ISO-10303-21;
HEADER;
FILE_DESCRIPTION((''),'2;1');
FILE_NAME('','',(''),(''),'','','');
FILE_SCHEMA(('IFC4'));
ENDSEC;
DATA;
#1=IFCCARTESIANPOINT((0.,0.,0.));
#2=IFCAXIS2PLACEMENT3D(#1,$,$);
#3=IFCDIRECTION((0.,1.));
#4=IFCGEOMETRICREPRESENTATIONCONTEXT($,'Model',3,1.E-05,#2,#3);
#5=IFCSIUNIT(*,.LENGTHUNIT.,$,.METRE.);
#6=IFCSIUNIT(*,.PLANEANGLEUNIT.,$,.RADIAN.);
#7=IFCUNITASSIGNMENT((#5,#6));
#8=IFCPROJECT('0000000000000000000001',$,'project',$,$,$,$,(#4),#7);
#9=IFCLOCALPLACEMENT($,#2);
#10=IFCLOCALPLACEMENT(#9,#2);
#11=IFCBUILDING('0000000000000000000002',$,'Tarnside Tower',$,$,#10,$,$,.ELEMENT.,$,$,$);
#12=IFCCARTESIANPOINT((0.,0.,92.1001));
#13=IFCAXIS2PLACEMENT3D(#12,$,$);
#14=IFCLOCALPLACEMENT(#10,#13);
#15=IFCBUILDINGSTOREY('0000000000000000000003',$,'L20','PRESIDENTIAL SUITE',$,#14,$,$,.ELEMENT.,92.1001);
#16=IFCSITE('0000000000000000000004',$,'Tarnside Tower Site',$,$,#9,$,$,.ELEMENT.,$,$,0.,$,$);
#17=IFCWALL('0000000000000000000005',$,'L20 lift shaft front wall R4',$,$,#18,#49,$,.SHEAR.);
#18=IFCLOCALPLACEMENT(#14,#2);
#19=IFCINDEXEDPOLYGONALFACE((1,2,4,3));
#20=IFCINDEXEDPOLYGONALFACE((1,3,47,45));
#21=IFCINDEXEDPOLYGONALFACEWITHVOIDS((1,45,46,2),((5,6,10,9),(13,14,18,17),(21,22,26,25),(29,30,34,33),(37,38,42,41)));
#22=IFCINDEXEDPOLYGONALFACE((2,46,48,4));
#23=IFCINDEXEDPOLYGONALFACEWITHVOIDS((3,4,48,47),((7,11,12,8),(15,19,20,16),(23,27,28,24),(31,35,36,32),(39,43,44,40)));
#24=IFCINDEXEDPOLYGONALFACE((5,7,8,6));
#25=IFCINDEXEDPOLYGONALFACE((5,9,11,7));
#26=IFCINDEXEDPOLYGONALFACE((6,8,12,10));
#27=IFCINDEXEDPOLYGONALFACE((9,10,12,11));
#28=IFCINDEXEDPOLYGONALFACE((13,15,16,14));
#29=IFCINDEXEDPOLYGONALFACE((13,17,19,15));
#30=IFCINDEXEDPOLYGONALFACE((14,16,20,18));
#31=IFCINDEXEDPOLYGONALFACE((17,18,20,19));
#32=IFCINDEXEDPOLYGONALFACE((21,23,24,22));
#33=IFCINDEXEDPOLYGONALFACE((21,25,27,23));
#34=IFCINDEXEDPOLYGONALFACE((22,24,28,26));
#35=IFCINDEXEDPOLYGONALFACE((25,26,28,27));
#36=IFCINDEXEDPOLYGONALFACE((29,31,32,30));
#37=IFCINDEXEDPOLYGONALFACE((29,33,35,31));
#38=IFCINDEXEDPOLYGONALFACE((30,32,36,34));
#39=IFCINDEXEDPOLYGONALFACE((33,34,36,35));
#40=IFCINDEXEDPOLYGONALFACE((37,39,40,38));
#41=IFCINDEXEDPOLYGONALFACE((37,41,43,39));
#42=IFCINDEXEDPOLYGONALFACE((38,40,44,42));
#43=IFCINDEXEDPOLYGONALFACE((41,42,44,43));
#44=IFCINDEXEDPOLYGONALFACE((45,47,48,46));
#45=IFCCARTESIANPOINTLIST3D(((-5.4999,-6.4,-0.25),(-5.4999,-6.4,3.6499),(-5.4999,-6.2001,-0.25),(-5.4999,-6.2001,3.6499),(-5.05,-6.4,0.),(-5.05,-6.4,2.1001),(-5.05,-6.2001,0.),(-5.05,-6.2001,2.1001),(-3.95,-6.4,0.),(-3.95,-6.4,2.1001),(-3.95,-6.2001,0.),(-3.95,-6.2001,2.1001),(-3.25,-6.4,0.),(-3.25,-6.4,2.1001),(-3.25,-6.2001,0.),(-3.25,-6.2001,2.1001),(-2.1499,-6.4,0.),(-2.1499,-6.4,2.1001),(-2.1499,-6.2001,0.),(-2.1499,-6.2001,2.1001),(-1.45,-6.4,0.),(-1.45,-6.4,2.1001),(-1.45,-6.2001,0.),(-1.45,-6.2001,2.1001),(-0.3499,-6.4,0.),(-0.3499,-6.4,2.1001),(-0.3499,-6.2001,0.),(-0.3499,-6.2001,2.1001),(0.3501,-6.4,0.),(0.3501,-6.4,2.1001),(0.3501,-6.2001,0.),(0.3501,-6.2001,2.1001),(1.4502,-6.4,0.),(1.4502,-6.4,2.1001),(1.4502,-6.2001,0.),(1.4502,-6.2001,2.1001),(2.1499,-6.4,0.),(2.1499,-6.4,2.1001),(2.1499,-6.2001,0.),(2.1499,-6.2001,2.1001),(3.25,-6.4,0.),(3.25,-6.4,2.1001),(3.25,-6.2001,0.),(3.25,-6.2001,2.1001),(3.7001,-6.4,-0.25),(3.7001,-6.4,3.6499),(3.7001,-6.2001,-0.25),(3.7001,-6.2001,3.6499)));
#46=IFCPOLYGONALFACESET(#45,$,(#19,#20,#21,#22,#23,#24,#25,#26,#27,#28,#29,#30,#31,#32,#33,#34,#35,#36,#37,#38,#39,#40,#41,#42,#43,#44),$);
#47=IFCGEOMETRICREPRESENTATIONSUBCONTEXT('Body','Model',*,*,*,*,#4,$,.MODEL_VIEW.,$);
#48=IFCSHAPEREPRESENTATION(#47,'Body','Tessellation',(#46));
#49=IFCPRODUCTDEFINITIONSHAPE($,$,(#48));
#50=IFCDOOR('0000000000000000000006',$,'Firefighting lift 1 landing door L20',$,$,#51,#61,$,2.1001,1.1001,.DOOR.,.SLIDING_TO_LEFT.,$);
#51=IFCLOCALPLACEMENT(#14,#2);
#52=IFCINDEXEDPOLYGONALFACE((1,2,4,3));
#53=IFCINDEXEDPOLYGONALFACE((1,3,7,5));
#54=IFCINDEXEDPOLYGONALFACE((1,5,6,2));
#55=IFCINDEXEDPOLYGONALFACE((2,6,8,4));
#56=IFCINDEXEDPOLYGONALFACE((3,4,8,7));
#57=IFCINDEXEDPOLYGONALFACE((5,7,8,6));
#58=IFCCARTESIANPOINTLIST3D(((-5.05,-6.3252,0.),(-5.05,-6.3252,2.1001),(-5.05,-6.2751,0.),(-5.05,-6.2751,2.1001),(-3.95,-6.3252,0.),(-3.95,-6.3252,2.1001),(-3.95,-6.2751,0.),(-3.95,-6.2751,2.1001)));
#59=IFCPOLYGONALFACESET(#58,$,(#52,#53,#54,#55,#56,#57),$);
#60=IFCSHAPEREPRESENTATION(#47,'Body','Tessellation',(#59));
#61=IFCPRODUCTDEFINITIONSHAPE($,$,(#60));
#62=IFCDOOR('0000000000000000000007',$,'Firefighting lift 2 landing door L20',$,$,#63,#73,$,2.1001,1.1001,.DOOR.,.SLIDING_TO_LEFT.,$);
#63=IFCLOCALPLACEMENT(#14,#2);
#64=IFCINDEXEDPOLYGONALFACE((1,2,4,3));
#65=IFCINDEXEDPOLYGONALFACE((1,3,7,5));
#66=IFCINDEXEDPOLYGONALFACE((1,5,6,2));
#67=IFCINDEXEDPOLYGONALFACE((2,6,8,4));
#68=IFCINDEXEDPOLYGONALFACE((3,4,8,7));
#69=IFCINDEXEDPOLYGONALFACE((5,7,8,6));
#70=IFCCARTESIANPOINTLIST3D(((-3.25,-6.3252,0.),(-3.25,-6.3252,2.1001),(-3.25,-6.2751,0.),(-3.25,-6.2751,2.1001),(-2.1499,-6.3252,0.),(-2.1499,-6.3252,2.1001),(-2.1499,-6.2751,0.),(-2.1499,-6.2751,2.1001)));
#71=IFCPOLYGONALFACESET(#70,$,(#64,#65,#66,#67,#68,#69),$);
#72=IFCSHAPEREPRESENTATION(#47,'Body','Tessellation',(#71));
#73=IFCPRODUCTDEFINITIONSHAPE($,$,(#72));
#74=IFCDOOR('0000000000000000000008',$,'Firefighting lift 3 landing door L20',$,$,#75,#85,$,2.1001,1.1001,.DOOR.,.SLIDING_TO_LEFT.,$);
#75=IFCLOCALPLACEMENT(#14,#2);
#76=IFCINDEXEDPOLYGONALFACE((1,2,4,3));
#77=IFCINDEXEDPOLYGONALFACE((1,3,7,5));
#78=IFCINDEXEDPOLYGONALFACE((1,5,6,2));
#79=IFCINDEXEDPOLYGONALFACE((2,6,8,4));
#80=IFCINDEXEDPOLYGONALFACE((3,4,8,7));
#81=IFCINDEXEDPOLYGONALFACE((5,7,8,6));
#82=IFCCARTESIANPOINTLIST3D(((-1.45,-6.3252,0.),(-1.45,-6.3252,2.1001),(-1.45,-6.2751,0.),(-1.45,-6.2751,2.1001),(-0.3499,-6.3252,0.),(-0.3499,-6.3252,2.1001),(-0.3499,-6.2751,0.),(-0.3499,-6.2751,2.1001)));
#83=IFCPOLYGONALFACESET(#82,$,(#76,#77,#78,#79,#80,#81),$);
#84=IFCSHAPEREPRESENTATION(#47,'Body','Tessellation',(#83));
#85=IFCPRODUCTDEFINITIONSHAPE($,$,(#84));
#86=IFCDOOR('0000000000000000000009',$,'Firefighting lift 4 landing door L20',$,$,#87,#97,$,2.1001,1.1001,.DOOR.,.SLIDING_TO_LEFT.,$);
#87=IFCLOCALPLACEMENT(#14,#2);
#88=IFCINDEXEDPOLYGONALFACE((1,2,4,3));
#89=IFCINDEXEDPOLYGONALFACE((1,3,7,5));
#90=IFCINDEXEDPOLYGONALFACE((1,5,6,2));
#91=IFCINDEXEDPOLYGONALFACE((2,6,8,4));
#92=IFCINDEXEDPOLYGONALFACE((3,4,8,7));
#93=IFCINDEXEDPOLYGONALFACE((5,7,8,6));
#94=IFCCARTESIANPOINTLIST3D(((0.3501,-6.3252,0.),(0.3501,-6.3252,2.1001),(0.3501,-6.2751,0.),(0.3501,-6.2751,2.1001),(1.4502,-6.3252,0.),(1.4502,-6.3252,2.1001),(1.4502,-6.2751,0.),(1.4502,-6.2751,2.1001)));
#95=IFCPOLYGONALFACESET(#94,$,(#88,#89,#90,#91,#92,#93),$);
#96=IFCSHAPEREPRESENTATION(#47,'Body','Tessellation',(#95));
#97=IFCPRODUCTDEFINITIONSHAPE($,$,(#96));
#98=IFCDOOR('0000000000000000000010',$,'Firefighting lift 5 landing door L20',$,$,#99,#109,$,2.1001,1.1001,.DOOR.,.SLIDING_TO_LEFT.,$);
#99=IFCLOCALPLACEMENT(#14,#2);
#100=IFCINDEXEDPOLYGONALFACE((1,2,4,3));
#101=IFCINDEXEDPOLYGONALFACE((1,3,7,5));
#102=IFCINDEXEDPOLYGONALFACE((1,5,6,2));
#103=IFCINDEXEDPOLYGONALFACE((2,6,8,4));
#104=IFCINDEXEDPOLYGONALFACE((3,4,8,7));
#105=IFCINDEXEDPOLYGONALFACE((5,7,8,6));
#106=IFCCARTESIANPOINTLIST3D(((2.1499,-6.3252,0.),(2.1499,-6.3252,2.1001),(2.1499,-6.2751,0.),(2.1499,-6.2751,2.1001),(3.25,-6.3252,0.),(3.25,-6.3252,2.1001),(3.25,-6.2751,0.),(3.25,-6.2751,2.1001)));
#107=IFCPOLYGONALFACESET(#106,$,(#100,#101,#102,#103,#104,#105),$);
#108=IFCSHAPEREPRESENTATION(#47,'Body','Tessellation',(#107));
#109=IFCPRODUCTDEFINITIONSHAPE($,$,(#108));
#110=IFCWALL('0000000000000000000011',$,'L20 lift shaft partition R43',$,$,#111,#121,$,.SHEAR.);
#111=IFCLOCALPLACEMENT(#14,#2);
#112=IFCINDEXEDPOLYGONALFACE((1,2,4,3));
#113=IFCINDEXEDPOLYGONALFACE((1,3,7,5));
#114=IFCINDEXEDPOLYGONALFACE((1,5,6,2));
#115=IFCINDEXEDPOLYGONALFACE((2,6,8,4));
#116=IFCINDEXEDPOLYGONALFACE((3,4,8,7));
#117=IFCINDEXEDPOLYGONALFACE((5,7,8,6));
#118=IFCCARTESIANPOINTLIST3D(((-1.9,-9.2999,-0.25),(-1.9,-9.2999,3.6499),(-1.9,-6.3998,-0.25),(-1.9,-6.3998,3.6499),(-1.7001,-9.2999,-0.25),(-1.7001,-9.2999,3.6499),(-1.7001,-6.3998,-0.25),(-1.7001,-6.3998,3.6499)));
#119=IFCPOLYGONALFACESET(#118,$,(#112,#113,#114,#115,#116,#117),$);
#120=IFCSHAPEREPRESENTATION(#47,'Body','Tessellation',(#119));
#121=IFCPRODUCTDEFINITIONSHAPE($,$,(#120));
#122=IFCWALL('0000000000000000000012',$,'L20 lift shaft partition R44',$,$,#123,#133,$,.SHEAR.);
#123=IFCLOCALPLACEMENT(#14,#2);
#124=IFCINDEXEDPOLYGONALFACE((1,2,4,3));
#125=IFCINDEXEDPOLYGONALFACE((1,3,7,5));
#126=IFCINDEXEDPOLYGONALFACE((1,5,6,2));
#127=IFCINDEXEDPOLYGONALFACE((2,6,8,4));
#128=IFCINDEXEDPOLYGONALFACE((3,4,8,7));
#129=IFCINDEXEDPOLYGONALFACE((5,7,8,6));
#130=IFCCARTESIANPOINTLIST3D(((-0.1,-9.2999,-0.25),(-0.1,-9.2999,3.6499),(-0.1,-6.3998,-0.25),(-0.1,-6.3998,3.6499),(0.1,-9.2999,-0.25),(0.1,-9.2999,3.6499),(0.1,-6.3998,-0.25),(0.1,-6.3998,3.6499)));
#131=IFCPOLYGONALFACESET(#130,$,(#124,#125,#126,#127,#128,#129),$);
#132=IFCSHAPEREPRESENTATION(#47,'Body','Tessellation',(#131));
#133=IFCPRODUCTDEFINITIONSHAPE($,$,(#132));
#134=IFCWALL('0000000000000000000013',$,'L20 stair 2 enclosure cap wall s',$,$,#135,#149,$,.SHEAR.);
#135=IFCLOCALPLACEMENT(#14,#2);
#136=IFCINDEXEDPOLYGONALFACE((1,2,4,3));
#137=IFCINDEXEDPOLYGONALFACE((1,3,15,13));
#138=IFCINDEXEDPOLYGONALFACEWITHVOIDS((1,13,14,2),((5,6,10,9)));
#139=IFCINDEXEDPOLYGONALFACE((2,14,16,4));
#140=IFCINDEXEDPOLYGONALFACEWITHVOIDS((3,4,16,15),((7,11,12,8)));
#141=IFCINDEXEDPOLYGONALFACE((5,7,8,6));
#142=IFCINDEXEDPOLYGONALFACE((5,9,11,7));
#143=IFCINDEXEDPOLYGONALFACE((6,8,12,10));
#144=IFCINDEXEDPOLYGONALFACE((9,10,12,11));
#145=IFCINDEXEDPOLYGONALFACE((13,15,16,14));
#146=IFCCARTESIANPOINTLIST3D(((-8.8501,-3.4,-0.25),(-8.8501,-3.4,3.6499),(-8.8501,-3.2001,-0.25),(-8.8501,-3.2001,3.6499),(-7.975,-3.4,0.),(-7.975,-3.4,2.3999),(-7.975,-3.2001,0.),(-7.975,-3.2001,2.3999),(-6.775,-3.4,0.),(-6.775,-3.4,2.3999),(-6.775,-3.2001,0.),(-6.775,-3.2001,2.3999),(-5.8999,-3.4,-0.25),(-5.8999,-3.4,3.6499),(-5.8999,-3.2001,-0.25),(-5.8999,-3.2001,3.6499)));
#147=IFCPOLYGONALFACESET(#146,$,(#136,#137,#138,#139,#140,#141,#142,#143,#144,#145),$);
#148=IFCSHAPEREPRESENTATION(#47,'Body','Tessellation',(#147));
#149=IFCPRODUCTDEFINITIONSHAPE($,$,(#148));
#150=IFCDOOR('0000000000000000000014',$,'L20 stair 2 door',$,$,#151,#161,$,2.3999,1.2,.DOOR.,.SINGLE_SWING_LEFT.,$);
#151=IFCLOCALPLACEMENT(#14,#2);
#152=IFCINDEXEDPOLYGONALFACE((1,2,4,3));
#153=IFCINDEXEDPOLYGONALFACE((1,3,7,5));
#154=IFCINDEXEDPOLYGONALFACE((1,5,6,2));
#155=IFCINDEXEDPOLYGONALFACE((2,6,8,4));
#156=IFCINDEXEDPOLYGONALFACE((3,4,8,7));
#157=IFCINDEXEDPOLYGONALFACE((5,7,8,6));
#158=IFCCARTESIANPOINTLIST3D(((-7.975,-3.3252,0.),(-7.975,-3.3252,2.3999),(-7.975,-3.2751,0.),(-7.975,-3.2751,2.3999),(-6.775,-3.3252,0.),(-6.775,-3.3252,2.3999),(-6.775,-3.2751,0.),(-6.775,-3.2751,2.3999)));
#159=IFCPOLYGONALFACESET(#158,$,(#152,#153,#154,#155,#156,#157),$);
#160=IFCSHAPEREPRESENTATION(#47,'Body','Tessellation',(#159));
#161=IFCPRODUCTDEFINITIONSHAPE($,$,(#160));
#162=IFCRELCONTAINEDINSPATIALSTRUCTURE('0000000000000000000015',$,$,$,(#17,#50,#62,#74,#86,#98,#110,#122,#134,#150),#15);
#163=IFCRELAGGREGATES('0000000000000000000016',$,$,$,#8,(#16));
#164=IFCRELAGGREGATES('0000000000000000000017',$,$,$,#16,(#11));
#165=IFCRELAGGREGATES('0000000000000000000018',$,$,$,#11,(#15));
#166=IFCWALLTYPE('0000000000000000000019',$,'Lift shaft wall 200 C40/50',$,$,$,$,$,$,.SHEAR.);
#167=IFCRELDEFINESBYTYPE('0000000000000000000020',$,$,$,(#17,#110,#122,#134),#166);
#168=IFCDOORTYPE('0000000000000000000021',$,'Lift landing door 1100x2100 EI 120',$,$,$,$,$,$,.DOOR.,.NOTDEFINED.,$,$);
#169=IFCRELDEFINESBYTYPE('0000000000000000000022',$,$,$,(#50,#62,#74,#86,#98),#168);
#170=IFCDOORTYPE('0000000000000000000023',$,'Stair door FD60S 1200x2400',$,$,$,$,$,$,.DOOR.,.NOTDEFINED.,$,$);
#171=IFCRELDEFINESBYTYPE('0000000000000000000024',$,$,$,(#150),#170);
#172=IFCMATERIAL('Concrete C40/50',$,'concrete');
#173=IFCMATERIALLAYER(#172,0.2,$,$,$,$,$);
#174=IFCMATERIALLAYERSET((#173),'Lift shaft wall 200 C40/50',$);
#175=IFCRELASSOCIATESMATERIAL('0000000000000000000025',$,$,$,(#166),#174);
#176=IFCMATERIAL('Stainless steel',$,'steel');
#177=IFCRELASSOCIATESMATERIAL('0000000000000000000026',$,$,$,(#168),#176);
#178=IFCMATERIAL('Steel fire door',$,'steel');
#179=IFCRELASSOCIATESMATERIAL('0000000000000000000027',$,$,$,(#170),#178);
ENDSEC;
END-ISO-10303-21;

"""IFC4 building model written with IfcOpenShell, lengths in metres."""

from ifc_helpers import new_model, si_unit, direction, frame, frame_2d, origin, place, context, subcontext, project, spatial, rectangle, extrude, material, layer, layer_set, type_object, element, fill, save


model = new_model("IFC4")

# Units and contexts
model_context = context("Model", 3, precision=1e-05, world=origin(), true_north=direction((0.0, 1.0)))
body_context = subcontext(model_context, "Body", "Model", "MODEL_VIEW")
ifc_project = project(units=[si_unit("LENGTHUNIT", "METRE"), si_unit("PLANEANGLEUNIT", "RADIAN")], contexts=[model_context])

# Site, building, storey
site_placement = place(None, origin())
site = spatial("IfcSite", under=ifc_project, at=site_placement, Name="Tarnside Tower Site", CompositionType="ELEMENT", RefElevation=0.0)
building_placement = place(site_placement, origin())
building = spatial("IfcBuilding", under=site, at=building_placement, Name="Tarnside Tower", CompositionType="ELEMENT")
storey_placement = place(building_placement, frame((0.0, 0.0, 92.1001)))
storey = spatial("IfcBuildingStorey", under=building, at=storey_placement, Name="L20", Description="PRESIDENTIAL SUITE", CompositionType="ELEMENT", Elevation=92.1001)

# Shared definitions
ifc_material_1 = material(Name="Concrete C40/50", Category="concrete")

# Shared definitions
ifc_material_2 = material(Name="Steel fire door", Category="steel")

# Wall, openings, doors
ifc_layer_1 = layer(ifc_material_1, 0.2)
ifc_layer_set_1 = layer_set([ifc_layer_1], Name="Lift shaft wall 200 C40/50")
wall_type_1 = type_object("IfcWallType", Name="Lift shaft wall 200 C40/50", PredefinedType="SHEAR", material=ifc_layer_set_1)
wall_1_placement = place(storey_placement, frame((-5.5, -6.3, -0.25), z_axis=(0.0, 0.0, 1.0), x_axis=(1.0, 0.0, 0.0)))
wall_1 = element("IfcWall", 1, at=wall_1_placement, inside=storey, type_object=wall_type_1, Name="L20 lift shaft front wall R4", PredefinedType="SHEAR", context=body_context, shape_type="SweptSolid", body=[
    extrude(rectangle(XDim=9.2, YDim=0.2, at=frame_2d((4.6001, 0.0))), origin(), (0.0, 0.0, 1.0), 3.8999),
])
opening_1_placement = place(wall_1_placement, frame((0.45, 0.0, 0.25)))
opening_1 = element("IfcOpeningElement", 2, at=opening_1_placement, cuts=wall_1, PredefinedType="OPENING", context=body_context, shape_type="SweptSolid", body=[
    extrude(rectangle(XDim=1.1001, YDim=2.1001, at=frame_2d((0.55, 1.05))), frame((0.0, 0.1099, 0.0), z_axis=(0.0, -1.0, 0.0), x_axis=(1.0, 0.0, 0.0)), (0.0, 0.0, 1.0), 0.22),
])
opening_2_placement = place(wall_1_placement, frame((2.25, 0.0, 0.25)))
opening_2 = element("IfcOpeningElement", 3, at=opening_2_placement, cuts=wall_1, PredefinedType="OPENING", context=body_context, shape_type="SweptSolid", body=[
    extrude(rectangle(XDim=1.1001, YDim=2.1001, at=frame_2d((0.55, 1.05))), frame((0.0, 0.1099, 0.0), z_axis=(0.0, -1.0, 0.0), x_axis=(1.0, 0.0, 0.0)), (0.0, 0.0, 1.0), 0.22),
])
opening_3_placement = place(wall_1_placement, frame((4.05, 0.0, 0.25)))
opening_3 = element("IfcOpeningElement", 4, at=opening_3_placement, cuts=wall_1, PredefinedType="OPENING", context=body_context, shape_type="SweptSolid", body=[
    extrude(rectangle(XDim=1.1001, YDim=2.1001, at=frame_2d((0.55, 1.05))), frame((0.0, 0.1099, 0.0), z_axis=(0.0, -1.0, 0.0), x_axis=(1.0, 0.0, 0.0)), (0.0, 0.0, 1.0), 0.22),
])
opening_4_placement = place(wall_1_placement, frame((5.8501, 0.0, 0.25)))
opening_4 = element("IfcOpeningElement", 5, at=opening_4_placement, cuts=wall_1, PredefinedType="OPENING", context=body_context, shape_type="SweptSolid", body=[
    extrude(rectangle(XDim=1.1001, YDim=2.1001, at=frame_2d((0.55, 1.05))), frame((0.0, 0.1099, 0.0), z_axis=(0.0, -1.0, 0.0), x_axis=(1.0, 0.0, 0.0)), (0.0, 0.0, 1.0), 0.22),
])
opening_5_placement = place(wall_1_placement, frame((7.6499, 0.0, 0.25)))
opening_5 = element("IfcOpeningElement", 6, at=opening_5_placement, cuts=wall_1, PredefinedType="OPENING", context=body_context, shape_type="SweptSolid", body=[
    extrude(rectangle(XDim=1.1001, YDim=2.1001, at=frame_2d((0.55, 1.05))), frame((0.0, 0.1099, 0.0), z_axis=(0.0, -1.0, 0.0), x_axis=(1.0, 0.0, 0.0)), (0.0, 0.0, 1.0), 0.22),
])
ifc_material_3 = material(Name="Stainless steel", Category="steel")
door_type_1 = type_object("IfcDoorType", Name="Lift landing door 1100x2100 EI 120", OperationType="NOTDEFINED", PredefinedType="DOOR", material=ifc_material_3)
door_1_placement = place(opening_1_placement, origin())
door_1 = element("IfcDoor", 7, at=door_1_placement, inside=storey, type_object=door_type_1, Name="Firefighting lift 1 landing door L20", OperationType="SLIDING_TO_LEFT", OverallHeight=2.1001, OverallWidth=1.1001, PredefinedType="DOOR", context=body_context, shape_type="SweptSolid", body=[
    extrude(rectangle(XDim=1.1001, YDim=2.1001, at=frame_2d((0.55, 1.05))), frame((0.0, 0.0249, 0.0), z_axis=(0.0, -1.0, 0.0), x_axis=(1.0, 0.0, 0.0)), (0.0, 0.0, 1.0), 0.05),
])
fill(opening_1, door_1)
door_2_placement = place(opening_2_placement, origin())
door_2 = element("IfcDoor", 8, at=door_2_placement, inside=storey, type_object=door_type_1, Name="Firefighting lift 2 landing door L20", OperationType="SLIDING_TO_LEFT", OverallHeight=2.1001, OverallWidth=1.1001, PredefinedType="DOOR", context=body_context, shape_type="SweptSolid", body=[
    extrude(rectangle(XDim=1.1001, YDim=2.1001, at=frame_2d((0.55, 1.05))), frame((0.0, 0.0249, 0.0), z_axis=(0.0, -1.0, 0.0), x_axis=(1.0, 0.0, 0.0)), (0.0, 0.0, 1.0), 0.05),
])
fill(opening_2, door_2)
door_3_placement = place(opening_3_placement, origin())
door_3 = element("IfcDoor", 9, at=door_3_placement, inside=storey, type_object=door_type_1, Name="Firefighting lift 3 landing door L20", OperationType="SLIDING_TO_LEFT", OverallHeight=2.1001, OverallWidth=1.1001, PredefinedType="DOOR", context=body_context, shape_type="SweptSolid", body=[
    extrude(rectangle(XDim=1.1001, YDim=2.1001, at=frame_2d((0.55, 1.05))), frame((0.0, 0.0249, 0.0), z_axis=(0.0, -1.0, 0.0), x_axis=(1.0, 0.0, 0.0)), (0.0, 0.0, 1.0), 0.05),
])
fill(opening_3, door_3)
door_4_placement = place(opening_4_placement, origin())
door_4 = element("IfcDoor", 10, at=door_4_placement, inside=storey, type_object=door_type_1, Name="Firefighting lift 4 landing door L20", OperationType="SLIDING_TO_LEFT", OverallHeight=2.1001, OverallWidth=1.1001, PredefinedType="DOOR", context=body_context, shape_type="SweptSolid", body=[
    extrude(rectangle(XDim=1.1001, YDim=2.1001, at=frame_2d((0.55, 1.05))), frame((0.0, 0.0249, 0.0), z_axis=(0.0, -1.0, 0.0), x_axis=(1.0, 0.0, 0.0)), (0.0, 0.0, 1.0), 0.05),
])
fill(opening_4, door_4)
door_5_placement = place(opening_5_placement, origin())
door_5 = element("IfcDoor", 11, at=door_5_placement, inside=storey, type_object=door_type_1, Name="Firefighting lift 5 landing door L20", OperationType="SLIDING_TO_LEFT", OverallHeight=2.1001, OverallWidth=1.1001, PredefinedType="DOOR", context=body_context, shape_type="SweptSolid", body=[
    extrude(rectangle(XDim=1.1001, YDim=2.1001, at=frame_2d((0.55, 1.05))), frame((0.0, 0.0249, 0.0), z_axis=(0.0, -1.0, 0.0), x_axis=(1.0, 0.0, 0.0)), (0.0, 0.0, 1.0), 0.05),
])
fill(opening_5, door_5)

# Walls
for number, where, z_axis, x_axis, name in (
    (12, (-1.8, -9.3, -0.25), (0.0, 0.0, 1.0), (0.0, 1.0, 0.0), "L20 lift shaft partition R43"),
    (13, (0.0, -9.3, -0.25), (0.0, 0.0, 1.0), (0.0, 1.0, 0.0), "L20 lift shaft partition R44"),
):
    element("IfcWall", number, at=place(storey_placement, frame(where, z_axis=z_axis, x_axis=x_axis)), inside=storey, type_object=wall_type_1, Name=name, PredefinedType="SHEAR", context=body_context, shape_type="SweptSolid", body=[
        extrude(rectangle(XDim=2.9001, YDim=0.2, at=frame_2d((1.4502, 0.0))), origin(), (0.0, 0.0, 1.0), 3.8999),
    ])

# Wall, opening, door
wall_2_placement = place(storey_placement, frame((-8.8501, -3.3, -0.25), z_axis=(0.0, 0.0, 1.0), x_axis=(1.0, 0.0, 0.0)))
wall_2 = element("IfcWall", 14, at=wall_2_placement, inside=storey, type_object=wall_type_1, Name="L20 stair 2 enclosure cap wall s", PredefinedType="SHEAR", context=body_context, shape_type="SweptSolid", body=[
    extrude(rectangle(XDim=2.9502, YDim=0.2, at=frame_2d((1.4751, 0.0))), origin(), (0.0, 0.0, 1.0), 3.8999),
])
opening_6_placement = place(wall_2_placement, frame((0.875, 0.0, 0.25)))
opening_6 = element("IfcOpeningElement", 15, at=opening_6_placement, cuts=wall_2, PredefinedType="OPENING", context=body_context, shape_type="SweptSolid", body=[
    extrude(rectangle(XDim=1.2, YDim=2.3999, at=frame_2d((0.6001, 1.2))), frame((0.0, 0.1099, 0.0), z_axis=(0.0, -1.0, 0.0), x_axis=(1.0, 0.0, 0.0)), (0.0, 0.0, 1.0), 0.22),
])
door_type_2 = type_object("IfcDoorType", Name="Stair door FD60S 1200x2400", OperationType="NOTDEFINED", PredefinedType="DOOR", material=ifc_material_2)
door_6_placement = place(opening_6_placement, origin())
door_6 = element("IfcDoor", 16, at=door_6_placement, inside=storey, type_object=door_type_2, Name="L20 stair 2 door", OperationType="SINGLE_SWING_LEFT", OverallHeight=2.3999, OverallWidth=1.2, PredefinedType="DOOR", context=body_context, shape_type="SweptSolid", body=[
    extrude(rectangle(XDim=1.2, YDim=2.3999, at=frame_2d((0.6001, 1.2))), frame((0.0, 0.0249, 0.0), z_axis=(0.0, -1.0, 0.0), x_axis=(1.0, 0.0, 0.0)), (0.0, 0.0, 1.0), 0.05),
])
fill(opening_6, door_6)

save(model, "model.ifc")
